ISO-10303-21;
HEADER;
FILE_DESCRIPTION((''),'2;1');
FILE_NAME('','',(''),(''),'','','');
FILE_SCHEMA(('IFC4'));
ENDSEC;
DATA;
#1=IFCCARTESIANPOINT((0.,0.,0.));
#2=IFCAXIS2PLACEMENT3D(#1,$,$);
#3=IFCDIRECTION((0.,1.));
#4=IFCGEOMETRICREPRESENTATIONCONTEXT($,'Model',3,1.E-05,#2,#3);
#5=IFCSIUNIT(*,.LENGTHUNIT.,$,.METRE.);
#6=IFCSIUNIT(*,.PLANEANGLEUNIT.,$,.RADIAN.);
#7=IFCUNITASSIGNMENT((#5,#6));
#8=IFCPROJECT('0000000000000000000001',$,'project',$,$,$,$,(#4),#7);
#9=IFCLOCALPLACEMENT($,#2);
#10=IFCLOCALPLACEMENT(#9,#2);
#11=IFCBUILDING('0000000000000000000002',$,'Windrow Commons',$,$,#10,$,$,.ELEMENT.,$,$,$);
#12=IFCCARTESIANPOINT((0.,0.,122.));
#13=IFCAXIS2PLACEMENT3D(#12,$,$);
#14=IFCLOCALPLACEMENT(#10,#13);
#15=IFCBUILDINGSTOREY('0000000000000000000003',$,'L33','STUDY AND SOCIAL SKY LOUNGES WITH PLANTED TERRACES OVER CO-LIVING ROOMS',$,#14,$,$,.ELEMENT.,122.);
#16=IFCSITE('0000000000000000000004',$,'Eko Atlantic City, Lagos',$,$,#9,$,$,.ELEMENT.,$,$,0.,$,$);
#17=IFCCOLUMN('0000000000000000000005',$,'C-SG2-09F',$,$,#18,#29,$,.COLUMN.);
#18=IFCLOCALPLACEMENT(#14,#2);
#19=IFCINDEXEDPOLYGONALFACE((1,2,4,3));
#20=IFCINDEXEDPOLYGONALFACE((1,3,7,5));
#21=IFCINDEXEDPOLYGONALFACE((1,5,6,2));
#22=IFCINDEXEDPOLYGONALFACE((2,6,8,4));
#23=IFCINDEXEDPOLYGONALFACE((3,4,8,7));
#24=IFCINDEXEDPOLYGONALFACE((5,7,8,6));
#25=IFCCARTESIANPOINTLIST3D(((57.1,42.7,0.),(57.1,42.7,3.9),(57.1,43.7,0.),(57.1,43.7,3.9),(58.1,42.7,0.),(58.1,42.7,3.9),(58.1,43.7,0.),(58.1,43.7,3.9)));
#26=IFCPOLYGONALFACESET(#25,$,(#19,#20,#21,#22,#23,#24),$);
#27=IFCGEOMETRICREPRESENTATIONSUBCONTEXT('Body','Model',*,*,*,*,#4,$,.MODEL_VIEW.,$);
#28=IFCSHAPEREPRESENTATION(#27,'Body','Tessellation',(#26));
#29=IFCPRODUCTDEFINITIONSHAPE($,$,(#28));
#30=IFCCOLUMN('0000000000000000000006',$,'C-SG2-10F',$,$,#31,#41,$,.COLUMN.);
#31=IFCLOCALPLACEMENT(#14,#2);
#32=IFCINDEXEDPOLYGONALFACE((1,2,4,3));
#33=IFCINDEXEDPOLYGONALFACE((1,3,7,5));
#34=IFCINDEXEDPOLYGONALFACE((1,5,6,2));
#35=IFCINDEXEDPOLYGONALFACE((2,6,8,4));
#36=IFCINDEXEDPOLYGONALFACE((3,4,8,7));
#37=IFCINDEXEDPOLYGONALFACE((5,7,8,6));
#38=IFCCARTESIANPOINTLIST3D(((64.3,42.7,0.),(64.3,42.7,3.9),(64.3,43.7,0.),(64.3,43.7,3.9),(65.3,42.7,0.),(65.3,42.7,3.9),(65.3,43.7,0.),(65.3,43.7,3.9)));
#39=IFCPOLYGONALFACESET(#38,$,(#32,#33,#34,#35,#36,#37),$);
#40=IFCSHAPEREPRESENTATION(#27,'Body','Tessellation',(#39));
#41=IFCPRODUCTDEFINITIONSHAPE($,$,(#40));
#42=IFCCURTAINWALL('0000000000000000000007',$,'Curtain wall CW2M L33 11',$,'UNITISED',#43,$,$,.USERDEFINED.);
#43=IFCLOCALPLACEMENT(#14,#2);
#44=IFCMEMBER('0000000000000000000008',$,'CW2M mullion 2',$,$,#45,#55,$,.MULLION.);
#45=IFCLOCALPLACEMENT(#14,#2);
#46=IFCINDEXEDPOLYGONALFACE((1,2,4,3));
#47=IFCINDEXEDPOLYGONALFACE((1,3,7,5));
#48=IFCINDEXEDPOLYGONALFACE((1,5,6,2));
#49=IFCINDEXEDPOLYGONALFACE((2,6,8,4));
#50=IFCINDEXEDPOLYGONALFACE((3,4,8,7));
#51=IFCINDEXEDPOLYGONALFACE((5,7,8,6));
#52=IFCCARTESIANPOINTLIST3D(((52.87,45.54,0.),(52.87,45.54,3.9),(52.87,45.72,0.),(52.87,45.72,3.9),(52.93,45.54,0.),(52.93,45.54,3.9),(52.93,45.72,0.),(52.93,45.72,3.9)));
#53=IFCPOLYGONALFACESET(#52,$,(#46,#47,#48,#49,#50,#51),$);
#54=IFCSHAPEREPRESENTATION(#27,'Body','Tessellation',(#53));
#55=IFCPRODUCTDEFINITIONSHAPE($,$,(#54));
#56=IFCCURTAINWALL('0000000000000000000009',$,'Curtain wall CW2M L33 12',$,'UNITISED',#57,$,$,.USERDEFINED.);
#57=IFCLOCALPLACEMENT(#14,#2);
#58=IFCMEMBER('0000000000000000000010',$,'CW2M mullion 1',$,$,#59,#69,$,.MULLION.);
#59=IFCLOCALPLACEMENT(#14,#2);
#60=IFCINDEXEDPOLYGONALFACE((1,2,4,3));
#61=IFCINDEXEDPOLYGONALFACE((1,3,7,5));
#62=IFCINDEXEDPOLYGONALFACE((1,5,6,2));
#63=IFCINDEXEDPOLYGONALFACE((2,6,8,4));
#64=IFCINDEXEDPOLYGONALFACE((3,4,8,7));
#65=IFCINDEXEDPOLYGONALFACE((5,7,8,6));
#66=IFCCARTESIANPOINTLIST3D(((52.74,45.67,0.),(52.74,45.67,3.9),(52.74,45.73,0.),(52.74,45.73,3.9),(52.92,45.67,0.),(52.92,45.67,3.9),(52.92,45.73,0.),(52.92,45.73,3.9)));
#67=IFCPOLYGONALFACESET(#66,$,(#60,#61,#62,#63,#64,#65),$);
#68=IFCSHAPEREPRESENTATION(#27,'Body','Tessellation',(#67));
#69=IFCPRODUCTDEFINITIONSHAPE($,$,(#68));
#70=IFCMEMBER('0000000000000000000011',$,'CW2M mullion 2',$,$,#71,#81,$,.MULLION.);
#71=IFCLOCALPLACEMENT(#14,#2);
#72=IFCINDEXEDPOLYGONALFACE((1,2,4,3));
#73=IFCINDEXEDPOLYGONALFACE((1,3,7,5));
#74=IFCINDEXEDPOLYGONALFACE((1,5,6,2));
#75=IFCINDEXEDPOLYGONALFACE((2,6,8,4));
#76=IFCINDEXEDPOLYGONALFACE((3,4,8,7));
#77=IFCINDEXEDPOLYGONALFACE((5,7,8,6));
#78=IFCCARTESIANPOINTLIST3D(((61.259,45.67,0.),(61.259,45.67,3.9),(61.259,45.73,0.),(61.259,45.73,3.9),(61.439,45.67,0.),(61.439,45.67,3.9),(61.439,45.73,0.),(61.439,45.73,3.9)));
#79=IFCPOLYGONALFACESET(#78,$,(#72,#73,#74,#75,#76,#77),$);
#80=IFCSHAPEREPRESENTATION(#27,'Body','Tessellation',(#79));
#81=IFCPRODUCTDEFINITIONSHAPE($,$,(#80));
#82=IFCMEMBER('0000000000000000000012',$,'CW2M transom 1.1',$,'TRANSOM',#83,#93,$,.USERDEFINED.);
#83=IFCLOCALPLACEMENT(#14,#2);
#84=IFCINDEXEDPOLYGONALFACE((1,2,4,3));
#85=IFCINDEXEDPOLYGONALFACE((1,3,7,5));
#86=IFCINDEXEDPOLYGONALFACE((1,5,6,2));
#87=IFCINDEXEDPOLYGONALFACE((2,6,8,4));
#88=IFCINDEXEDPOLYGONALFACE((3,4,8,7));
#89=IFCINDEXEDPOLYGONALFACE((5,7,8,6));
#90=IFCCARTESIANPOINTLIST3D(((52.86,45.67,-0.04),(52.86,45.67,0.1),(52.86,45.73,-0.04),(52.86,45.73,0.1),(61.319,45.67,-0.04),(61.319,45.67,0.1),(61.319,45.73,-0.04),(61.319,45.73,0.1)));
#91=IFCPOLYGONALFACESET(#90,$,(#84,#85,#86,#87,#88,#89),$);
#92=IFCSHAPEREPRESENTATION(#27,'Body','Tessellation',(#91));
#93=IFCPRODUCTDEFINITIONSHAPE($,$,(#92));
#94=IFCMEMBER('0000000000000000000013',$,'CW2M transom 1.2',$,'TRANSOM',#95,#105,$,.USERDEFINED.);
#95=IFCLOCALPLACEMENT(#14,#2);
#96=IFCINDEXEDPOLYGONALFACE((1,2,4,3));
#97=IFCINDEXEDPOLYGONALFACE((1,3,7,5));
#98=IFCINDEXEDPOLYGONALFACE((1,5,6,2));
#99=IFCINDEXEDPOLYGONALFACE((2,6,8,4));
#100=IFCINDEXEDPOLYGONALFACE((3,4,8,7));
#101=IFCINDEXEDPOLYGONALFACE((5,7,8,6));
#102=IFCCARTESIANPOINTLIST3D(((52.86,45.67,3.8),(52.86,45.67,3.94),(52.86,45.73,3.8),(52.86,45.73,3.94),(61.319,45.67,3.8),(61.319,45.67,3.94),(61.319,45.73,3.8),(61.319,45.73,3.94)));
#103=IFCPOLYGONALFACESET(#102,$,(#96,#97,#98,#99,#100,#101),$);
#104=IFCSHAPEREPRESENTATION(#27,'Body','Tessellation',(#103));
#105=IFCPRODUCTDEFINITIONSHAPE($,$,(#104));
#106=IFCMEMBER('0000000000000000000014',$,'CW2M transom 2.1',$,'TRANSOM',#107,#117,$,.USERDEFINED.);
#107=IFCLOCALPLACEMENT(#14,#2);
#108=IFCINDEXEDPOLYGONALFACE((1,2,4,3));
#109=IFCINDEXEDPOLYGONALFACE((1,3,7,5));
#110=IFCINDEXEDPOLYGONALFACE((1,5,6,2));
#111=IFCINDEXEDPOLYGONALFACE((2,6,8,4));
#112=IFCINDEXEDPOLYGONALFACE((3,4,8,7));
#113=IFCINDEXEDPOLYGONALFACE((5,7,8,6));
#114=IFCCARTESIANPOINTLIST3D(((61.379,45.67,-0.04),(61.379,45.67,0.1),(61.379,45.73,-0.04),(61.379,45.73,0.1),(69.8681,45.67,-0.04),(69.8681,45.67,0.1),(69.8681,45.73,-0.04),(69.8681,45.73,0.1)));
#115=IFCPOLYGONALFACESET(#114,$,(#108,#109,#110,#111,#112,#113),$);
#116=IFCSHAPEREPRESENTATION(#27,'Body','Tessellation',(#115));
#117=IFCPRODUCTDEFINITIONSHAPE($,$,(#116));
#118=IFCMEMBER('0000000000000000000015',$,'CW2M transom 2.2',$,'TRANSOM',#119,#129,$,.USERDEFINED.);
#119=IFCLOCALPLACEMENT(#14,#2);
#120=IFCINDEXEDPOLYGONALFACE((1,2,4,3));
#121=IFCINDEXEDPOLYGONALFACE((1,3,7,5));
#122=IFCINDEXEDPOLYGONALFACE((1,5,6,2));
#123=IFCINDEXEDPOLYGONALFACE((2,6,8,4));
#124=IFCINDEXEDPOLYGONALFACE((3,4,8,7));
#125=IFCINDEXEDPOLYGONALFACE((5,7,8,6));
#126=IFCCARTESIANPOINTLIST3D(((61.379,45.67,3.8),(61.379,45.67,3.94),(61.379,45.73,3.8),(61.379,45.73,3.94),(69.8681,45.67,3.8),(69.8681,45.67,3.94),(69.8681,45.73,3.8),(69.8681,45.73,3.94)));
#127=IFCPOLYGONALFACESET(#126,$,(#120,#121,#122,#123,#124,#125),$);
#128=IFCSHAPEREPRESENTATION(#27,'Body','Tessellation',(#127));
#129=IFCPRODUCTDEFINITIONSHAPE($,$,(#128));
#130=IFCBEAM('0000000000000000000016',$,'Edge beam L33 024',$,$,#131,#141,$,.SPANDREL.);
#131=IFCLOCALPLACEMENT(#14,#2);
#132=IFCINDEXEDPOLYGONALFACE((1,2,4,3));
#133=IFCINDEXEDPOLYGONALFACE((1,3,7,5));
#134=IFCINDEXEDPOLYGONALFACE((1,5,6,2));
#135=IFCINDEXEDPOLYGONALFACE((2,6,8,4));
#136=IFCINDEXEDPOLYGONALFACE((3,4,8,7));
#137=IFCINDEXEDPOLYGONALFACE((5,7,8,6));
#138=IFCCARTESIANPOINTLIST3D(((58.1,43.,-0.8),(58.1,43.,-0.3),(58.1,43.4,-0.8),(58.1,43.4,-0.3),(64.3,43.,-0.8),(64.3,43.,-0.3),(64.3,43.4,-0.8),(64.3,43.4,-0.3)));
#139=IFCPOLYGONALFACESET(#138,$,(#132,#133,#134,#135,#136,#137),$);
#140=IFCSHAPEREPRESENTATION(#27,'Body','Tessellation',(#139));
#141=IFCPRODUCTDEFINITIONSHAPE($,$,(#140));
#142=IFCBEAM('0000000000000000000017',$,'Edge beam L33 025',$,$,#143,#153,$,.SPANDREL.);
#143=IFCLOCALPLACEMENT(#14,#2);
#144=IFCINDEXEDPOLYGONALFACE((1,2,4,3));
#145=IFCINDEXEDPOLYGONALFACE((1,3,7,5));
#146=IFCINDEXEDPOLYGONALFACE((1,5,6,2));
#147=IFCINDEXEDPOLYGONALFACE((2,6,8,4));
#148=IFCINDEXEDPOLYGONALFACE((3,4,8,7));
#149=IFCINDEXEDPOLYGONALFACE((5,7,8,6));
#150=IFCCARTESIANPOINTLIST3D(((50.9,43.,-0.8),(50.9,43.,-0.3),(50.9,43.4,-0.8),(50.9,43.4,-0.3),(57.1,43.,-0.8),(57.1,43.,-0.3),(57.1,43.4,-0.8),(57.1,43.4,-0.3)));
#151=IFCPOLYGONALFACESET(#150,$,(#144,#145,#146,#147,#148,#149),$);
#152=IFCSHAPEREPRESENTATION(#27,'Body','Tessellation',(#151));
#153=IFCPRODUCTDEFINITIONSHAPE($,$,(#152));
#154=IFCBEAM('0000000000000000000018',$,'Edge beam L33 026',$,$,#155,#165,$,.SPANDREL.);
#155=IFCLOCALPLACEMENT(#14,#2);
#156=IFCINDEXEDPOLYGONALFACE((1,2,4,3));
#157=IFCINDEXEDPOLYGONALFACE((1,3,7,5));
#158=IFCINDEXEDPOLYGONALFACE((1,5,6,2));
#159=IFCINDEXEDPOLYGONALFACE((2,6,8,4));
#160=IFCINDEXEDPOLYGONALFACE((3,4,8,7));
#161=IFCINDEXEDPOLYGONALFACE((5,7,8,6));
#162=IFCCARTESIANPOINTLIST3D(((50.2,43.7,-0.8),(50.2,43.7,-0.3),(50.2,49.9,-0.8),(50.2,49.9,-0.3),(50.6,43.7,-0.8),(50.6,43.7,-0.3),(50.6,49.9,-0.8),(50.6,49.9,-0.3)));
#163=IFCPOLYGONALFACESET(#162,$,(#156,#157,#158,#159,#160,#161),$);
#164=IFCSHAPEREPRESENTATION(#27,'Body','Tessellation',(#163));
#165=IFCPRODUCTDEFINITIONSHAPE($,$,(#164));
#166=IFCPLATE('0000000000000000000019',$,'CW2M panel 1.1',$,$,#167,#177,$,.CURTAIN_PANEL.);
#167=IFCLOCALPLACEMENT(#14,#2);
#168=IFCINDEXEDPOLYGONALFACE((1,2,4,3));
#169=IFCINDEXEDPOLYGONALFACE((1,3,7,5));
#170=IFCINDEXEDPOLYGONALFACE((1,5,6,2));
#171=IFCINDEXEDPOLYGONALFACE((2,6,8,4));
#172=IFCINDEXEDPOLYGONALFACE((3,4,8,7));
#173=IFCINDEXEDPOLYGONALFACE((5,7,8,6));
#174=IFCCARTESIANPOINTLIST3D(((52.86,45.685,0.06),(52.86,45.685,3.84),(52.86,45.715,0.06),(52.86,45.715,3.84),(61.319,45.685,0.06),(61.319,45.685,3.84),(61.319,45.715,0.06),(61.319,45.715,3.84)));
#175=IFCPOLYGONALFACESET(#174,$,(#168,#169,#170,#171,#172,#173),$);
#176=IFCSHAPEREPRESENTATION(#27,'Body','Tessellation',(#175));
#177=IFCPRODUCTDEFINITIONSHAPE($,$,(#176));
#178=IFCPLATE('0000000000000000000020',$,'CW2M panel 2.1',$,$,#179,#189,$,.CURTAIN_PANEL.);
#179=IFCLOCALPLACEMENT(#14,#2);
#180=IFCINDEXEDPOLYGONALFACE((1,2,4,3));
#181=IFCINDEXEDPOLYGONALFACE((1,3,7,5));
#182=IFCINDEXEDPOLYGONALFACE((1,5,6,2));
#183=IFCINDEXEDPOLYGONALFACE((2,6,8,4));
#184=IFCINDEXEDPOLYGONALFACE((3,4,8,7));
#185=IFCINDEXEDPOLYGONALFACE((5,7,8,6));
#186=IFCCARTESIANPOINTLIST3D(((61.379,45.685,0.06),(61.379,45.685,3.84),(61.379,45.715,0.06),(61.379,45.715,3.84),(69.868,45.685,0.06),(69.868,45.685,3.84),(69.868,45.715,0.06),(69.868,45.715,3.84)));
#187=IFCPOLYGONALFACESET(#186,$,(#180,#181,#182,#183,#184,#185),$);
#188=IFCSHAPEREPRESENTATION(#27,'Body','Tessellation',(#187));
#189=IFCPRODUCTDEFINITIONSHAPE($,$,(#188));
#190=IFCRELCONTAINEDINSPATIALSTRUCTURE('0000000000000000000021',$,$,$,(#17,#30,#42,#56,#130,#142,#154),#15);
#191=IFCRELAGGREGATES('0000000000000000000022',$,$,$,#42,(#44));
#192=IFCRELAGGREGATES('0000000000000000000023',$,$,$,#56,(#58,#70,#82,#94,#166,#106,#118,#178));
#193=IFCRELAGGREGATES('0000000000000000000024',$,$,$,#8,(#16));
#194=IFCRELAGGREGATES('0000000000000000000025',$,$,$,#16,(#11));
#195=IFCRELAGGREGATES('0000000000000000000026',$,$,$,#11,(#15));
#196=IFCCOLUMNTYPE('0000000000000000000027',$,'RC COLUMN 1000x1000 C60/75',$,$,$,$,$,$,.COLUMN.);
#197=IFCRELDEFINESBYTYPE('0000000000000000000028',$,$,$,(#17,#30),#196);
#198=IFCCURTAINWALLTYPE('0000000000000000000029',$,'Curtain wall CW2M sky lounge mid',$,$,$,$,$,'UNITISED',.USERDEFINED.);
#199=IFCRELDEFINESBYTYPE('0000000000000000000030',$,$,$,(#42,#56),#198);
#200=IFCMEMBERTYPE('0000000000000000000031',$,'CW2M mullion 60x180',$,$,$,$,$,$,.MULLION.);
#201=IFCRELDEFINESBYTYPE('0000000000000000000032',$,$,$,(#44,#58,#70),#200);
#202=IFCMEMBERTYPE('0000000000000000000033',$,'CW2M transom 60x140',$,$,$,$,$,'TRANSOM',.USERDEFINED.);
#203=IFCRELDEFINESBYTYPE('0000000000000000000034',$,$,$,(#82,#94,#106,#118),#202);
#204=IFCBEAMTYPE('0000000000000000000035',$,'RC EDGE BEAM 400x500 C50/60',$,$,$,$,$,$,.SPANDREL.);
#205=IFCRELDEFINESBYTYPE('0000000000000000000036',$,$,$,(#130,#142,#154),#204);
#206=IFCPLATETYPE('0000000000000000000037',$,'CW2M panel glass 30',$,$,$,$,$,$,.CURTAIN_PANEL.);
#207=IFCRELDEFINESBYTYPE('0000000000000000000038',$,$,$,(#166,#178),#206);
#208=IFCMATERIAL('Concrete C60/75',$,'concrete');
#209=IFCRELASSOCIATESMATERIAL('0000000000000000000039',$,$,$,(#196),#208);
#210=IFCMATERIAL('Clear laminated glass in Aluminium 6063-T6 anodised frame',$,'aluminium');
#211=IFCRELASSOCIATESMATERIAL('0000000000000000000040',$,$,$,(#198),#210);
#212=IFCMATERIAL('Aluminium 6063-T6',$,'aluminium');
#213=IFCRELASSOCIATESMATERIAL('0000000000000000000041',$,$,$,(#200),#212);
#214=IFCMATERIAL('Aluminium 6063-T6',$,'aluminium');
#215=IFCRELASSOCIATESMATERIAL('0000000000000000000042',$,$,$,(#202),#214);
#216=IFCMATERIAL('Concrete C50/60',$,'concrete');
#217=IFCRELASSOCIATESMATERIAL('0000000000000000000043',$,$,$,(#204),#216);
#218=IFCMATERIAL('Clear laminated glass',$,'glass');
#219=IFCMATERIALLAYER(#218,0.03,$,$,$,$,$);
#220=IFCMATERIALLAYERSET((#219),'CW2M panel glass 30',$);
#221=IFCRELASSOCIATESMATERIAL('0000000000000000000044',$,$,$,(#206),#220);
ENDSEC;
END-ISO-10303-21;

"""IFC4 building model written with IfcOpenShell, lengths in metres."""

from ifc_helpers import new_model, si_unit, direction, frame, origin, origin_2d, place, context, subcontext, project, spatial, rectangle, extrude, material, layer, layer_set, material_profile, profile_set, type_object, element, aggregate, save


model = new_model("IFC4")

# Units and contexts
model_context = context("Model", 3, precision=1e-05, world=origin(), true_north=direction((0.0, 1.0)))
body_context = subcontext(model_context, "Body", "Model", "MODEL_VIEW")
ifc_project = project(units=[si_unit("LENGTHUNIT", "METRE"), si_unit("PLANEANGLEUNIT", "RADIAN")], contexts=[model_context])

# Site, building, storey
site_placement = place(None, origin())
site = spatial("IfcSite", under=ifc_project, at=site_placement, Name="Eko Atlantic City, Lagos", CompositionType="ELEMENT", RefElevation=0.0)
building_placement = place(site_placement, origin())
building = spatial("IfcBuilding", under=site, at=building_placement, Name="Windrow Commons", CompositionType="ELEMENT")
storey_placement = place(building_placement, frame((0.0, 0.0, 122.0)))
storey = spatial("IfcBuildingStorey", under=building, at=storey_placement, Name="L33", Description="STUDY AND SOCIAL SKY LOUNGES WITH PLANTED TERRACES OVER CO-LIVING ROOMS", CompositionType="ELEMENT", Elevation=122.0)

# Columns
ifc_material_1 = material(Name="Concrete C60/75", Category="concrete")
ifc_material_profile_1 = material_profile(ifc_material_1, rectangle(XDim=1.0, YDim=1.0, at=origin_2d()))
ifc_profile_set_1 = profile_set([ifc_material_profile_1], Name="Concrete C60/75")
column_type = type_object("IfcColumnType", Name="RC COLUMN 1000x1000 C60/75", PredefinedType="COLUMN", material=ifc_profile_set_1)
for number, where, z_axis, x_axis, name in (
    (1, (57.6, 43.2, 0.0), (0.0, 0.0, 1.0), (1.0, 0.0, 0.0), "C-SG2-09F"),
    (2, (64.8, 43.2, 0.0), (0.0, 0.0, 1.0), (1.0, 0.0, 0.0), "C-SG2-10F"),
):
    element("IfcColumn", number, at=place(storey_placement, frame(where, z_axis=z_axis, x_axis=x_axis)), inside=storey, type_object=column_type, Name=name, PredefinedType="COLUMN", context=body_context, shape_type="SweptSolid", body=[
        extrude(rectangle(XDim=1.0, YDim=1.0, at=origin_2d()), origin(), (0.0, 0.0, 1.0), 3.9),
    ])

# Curtain wall, member
ifc_material_2 = material(Name="Clear laminated glass in Aluminium 6063-T6 anodised frame", Category="aluminium")
curtain_wall_type = type_object("IfcCurtainWallType", Name="Curtain wall CW2M sky lounge mid", ElementType="UNITISED", PredefinedType="USERDEFINED", material=ifc_material_2)
placement = place(storey_placement, origin())
curtain_wall_1 = element("IfcCurtainWall", 3, at=placement, inside=storey, type_object=curtain_wall_type, Name="Curtain wall CW2M L33 11", ObjectType="UNITISED", PredefinedType="USERDEFINED")
ifc_material_3 = material(Name="Aluminium 6063-T6", Category="aluminium")
ifc_material_profile_2 = material_profile(ifc_material_3, rectangle(XDim=0.06, YDim=0.18, at=origin_2d()))
ifc_profile_set_2 = profile_set([ifc_material_profile_2], Name="Aluminium 6063-T6")
member_type_1 = type_object("IfcMemberType", Name="CW2M mullion 60x180", PredefinedType="MULLION", material=ifc_profile_set_2)
member_1_placement = place(storey_placement, frame((52.9, 45.63, 0.0), z_axis=(0.0, 0.0, 1.0), x_axis=(1.0, 0.0, 0.0)))
member_1 = element("IfcMember", 4, at=member_1_placement, type_object=member_type_1, Name="CW2M mullion 2", PredefinedType="MULLION", context=body_context, shape_type="SweptSolid", body=[
    extrude(rectangle(XDim=0.06, YDim=0.18, at=origin_2d()), origin(), (0.0, 0.0, 1.0), 3.9),
])
aggregate(curtain_wall_1, [member_1])

# Curtain wall, members
curtain_wall_2 = element("IfcCurtainWall", 5, at=placement, inside=storey, type_object=curtain_wall_type, Name="Curtain wall CW2M L33 12", ObjectType="UNITISED", PredefinedType="USERDEFINED")
member_2_placement = place(storey_placement, frame((52.83, 45.7, 0.0), z_axis=(0.0, 0.0, 1.0), x_axis=(0.0, 1.0, 0.0)))
member_2 = element("IfcMember", 6, at=member_2_placement, type_object=member_type_1, Name="CW2M mullion 1", PredefinedType="MULLION", context=body_context, shape_type="SweptSolid", body=[
    extrude(rectangle(XDim=0.06, YDim=0.18, at=origin_2d()), origin(), (0.0, 0.0, 1.0), 3.9),
])
member_3_placement = place(storey_placement, frame((61.349, 45.7, 0.0), z_axis=(0.0, 0.0, 1.0), x_axis=(0.0, 1.0, 0.0)))
member_3 = element("IfcMember", 7, at=member_3_placement, type_object=member_type_1, Name="CW2M mullion 2", PredefinedType="MULLION", context=body_context, shape_type="SweptSolid", body=[
    extrude(rectangle(XDim=0.06, YDim=0.18, at=origin_2d()), origin(), (0.0, 0.0, 1.0), 3.9),
])
ifc_material_4 = material(Name="Aluminium 6063-T6", Category="aluminium")
ifc_material_profile_3 = material_profile(ifc_material_4, rectangle(XDim=0.06, YDim=0.14, at=origin_2d()))
ifc_profile_set_3 = profile_set([ifc_material_profile_3], Name="Aluminium 6063-T6")
member_type_2 = type_object("IfcMemberType", Name="CW2M transom 60x140", ElementType="TRANSOM", PredefinedType="USERDEFINED", material=ifc_profile_set_3)
member_4_placement = place(storey_placement, frame((52.86, 45.7, 0.03), z_axis=(1.0, 0.0, 0.0), x_axis=(0.0, 1.0, 0.0)))
member_4 = element("IfcMember", 8, at=member_4_placement, type_object=member_type_2, Name="CW2M transom 1.1", ObjectType="TRANSOM", PredefinedType="USERDEFINED", context=body_context, shape_type="SweptSolid", body=[
    extrude(rectangle(XDim=0.06, YDim=0.14, at=origin_2d()), origin(), (0.0, 0.0, 1.0), 8.459),
])
member_5_placement = place(storey_placement, frame((52.86, 45.7, 3.87), z_axis=(1.0, 0.0, 0.0), x_axis=(0.0, 1.0, 0.0)))
member_5 = element("IfcMember", 9, at=member_5_placement, type_object=member_type_2, Name="CW2M transom 1.2", ObjectType="TRANSOM", PredefinedType="USERDEFINED", context=body_context, shape_type="SweptSolid", body=[
    extrude(rectangle(XDim=0.06, YDim=0.14, at=origin_2d()), origin(), (0.0, 0.0, 1.0), 8.459),
])
member_6_placement = place(storey_placement, frame((61.379, 45.7, 0.03), z_axis=(1.0, 0.0, 0.0), x_axis=(0.0, 1.0, 0.0)))
member_6 = element("IfcMember", 10, at=member_6_placement, type_object=member_type_2, Name="CW2M transom 2.1", ObjectType="TRANSOM", PredefinedType="USERDEFINED", context=body_context, shape_type="SweptSolid", body=[
    extrude(rectangle(XDim=0.06, YDim=0.14, at=origin_2d()), origin(), (0.0, 0.0, 1.0), 8.4891),
])
member_7_placement = place(storey_placement, frame((61.379, 45.7, 3.87), z_axis=(1.0, 0.0, 0.0), x_axis=(0.0, 1.0, 0.0)))
member_7 = element("IfcMember", 11, at=member_7_placement, type_object=member_type_2, Name="CW2M transom 2.2", ObjectType="TRANSOM", PredefinedType="USERDEFINED", context=body_context, shape_type="SweptSolid", body=[
    extrude(rectangle(XDim=0.06, YDim=0.14, at=origin_2d()), origin(), (0.0, 0.0, 1.0), 8.4891),
])

# Beams
ifc_material_5 = material(Name="Concrete C50/60", Category="concrete")
ifc_material_profile_4 = material_profile(ifc_material_5, rectangle(XDim=0.4, YDim=0.5, at=origin_2d()))
ifc_profile_set_4 = profile_set([ifc_material_profile_4], Name="Concrete C50/60")
beam_type = type_object("IfcBeamType", Name="RC EDGE BEAM 400x500 C50/60", PredefinedType="SPANDREL", material=ifc_profile_set_4)
for number, where, z_axis, x_axis, name in (
    (12, (64.3, 43.2, -0.55), (-1.0, 0.0, 0.0), (0.0, -1.0, 0.0), "Edge beam L33 024"),
    (13, (57.1, 43.2, -0.55), (-1.0, 0.0, 0.0), (0.0, -1.0, 0.0), "Edge beam L33 025"),
    (14, (50.4, 43.7, -0.55), (0.0, 1.0, 0.0), (-1.0, 0.0, 0.0), "Edge beam L33 026"),
):
    element("IfcBeam", number, at=place(storey_placement, frame(where, z_axis=z_axis, x_axis=x_axis)), inside=storey, type_object=beam_type, Name=name, PredefinedType="SPANDREL", context=body_context, shape_type="SweptSolid", body=[
        extrude(rectangle(XDim=0.4, YDim=0.5, at=origin_2d()), origin(), (0.0, 0.0, 1.0), 6.2),
    ])

# Plates
ifc_material_6 = material(Name="Clear laminated glass", Category="glass")
ifc_layer_1 = layer(ifc_material_6, 0.03)
ifc_layer_set_1 = layer_set([ifc_layer_1], Name="CW2M panel glass 30")
plate_type = type_object("IfcPlateType", Name="CW2M panel glass 30", PredefinedType="CURTAIN_PANEL", material=ifc_layer_set_1)
plate_1_placement = place(storey_placement, frame((57.0895, 45.7, 0.06), z_axis=(0.0, 0.0, 1.0), x_axis=(1.0, 0.0, 0.0)))
plate_1 = element("IfcPlate", 15, at=plate_1_placement, type_object=plate_type, Name="CW2M panel 1.1", PredefinedType="CURTAIN_PANEL", context=body_context, shape_type="SweptSolid", body=[
    extrude(rectangle(XDim=8.459, YDim=0.03, at=origin_2d()), origin(), (0.0, 0.0, 1.0), 3.78),
])
plate_2_placement = place(storey_placement, frame((65.6235, 45.7, 0.06), z_axis=(0.0, 0.0, 1.0), x_axis=(1.0, 0.0, 0.0)))
plate_2 = element("IfcPlate", 16, at=plate_2_placement, type_object=plate_type, Name="CW2M panel 2.1", PredefinedType="CURTAIN_PANEL", context=body_context, shape_type="SweptSolid", body=[
    extrude(rectangle(XDim=8.489, YDim=0.03, at=origin_2d()), origin(), (0.0, 0.0, 1.0), 3.78),
])
aggregate(curtain_wall_2, [member_2, member_3, member_4, member_5, plate_1, member_6, member_7, plate_2])

save(model, "model.ifc")
